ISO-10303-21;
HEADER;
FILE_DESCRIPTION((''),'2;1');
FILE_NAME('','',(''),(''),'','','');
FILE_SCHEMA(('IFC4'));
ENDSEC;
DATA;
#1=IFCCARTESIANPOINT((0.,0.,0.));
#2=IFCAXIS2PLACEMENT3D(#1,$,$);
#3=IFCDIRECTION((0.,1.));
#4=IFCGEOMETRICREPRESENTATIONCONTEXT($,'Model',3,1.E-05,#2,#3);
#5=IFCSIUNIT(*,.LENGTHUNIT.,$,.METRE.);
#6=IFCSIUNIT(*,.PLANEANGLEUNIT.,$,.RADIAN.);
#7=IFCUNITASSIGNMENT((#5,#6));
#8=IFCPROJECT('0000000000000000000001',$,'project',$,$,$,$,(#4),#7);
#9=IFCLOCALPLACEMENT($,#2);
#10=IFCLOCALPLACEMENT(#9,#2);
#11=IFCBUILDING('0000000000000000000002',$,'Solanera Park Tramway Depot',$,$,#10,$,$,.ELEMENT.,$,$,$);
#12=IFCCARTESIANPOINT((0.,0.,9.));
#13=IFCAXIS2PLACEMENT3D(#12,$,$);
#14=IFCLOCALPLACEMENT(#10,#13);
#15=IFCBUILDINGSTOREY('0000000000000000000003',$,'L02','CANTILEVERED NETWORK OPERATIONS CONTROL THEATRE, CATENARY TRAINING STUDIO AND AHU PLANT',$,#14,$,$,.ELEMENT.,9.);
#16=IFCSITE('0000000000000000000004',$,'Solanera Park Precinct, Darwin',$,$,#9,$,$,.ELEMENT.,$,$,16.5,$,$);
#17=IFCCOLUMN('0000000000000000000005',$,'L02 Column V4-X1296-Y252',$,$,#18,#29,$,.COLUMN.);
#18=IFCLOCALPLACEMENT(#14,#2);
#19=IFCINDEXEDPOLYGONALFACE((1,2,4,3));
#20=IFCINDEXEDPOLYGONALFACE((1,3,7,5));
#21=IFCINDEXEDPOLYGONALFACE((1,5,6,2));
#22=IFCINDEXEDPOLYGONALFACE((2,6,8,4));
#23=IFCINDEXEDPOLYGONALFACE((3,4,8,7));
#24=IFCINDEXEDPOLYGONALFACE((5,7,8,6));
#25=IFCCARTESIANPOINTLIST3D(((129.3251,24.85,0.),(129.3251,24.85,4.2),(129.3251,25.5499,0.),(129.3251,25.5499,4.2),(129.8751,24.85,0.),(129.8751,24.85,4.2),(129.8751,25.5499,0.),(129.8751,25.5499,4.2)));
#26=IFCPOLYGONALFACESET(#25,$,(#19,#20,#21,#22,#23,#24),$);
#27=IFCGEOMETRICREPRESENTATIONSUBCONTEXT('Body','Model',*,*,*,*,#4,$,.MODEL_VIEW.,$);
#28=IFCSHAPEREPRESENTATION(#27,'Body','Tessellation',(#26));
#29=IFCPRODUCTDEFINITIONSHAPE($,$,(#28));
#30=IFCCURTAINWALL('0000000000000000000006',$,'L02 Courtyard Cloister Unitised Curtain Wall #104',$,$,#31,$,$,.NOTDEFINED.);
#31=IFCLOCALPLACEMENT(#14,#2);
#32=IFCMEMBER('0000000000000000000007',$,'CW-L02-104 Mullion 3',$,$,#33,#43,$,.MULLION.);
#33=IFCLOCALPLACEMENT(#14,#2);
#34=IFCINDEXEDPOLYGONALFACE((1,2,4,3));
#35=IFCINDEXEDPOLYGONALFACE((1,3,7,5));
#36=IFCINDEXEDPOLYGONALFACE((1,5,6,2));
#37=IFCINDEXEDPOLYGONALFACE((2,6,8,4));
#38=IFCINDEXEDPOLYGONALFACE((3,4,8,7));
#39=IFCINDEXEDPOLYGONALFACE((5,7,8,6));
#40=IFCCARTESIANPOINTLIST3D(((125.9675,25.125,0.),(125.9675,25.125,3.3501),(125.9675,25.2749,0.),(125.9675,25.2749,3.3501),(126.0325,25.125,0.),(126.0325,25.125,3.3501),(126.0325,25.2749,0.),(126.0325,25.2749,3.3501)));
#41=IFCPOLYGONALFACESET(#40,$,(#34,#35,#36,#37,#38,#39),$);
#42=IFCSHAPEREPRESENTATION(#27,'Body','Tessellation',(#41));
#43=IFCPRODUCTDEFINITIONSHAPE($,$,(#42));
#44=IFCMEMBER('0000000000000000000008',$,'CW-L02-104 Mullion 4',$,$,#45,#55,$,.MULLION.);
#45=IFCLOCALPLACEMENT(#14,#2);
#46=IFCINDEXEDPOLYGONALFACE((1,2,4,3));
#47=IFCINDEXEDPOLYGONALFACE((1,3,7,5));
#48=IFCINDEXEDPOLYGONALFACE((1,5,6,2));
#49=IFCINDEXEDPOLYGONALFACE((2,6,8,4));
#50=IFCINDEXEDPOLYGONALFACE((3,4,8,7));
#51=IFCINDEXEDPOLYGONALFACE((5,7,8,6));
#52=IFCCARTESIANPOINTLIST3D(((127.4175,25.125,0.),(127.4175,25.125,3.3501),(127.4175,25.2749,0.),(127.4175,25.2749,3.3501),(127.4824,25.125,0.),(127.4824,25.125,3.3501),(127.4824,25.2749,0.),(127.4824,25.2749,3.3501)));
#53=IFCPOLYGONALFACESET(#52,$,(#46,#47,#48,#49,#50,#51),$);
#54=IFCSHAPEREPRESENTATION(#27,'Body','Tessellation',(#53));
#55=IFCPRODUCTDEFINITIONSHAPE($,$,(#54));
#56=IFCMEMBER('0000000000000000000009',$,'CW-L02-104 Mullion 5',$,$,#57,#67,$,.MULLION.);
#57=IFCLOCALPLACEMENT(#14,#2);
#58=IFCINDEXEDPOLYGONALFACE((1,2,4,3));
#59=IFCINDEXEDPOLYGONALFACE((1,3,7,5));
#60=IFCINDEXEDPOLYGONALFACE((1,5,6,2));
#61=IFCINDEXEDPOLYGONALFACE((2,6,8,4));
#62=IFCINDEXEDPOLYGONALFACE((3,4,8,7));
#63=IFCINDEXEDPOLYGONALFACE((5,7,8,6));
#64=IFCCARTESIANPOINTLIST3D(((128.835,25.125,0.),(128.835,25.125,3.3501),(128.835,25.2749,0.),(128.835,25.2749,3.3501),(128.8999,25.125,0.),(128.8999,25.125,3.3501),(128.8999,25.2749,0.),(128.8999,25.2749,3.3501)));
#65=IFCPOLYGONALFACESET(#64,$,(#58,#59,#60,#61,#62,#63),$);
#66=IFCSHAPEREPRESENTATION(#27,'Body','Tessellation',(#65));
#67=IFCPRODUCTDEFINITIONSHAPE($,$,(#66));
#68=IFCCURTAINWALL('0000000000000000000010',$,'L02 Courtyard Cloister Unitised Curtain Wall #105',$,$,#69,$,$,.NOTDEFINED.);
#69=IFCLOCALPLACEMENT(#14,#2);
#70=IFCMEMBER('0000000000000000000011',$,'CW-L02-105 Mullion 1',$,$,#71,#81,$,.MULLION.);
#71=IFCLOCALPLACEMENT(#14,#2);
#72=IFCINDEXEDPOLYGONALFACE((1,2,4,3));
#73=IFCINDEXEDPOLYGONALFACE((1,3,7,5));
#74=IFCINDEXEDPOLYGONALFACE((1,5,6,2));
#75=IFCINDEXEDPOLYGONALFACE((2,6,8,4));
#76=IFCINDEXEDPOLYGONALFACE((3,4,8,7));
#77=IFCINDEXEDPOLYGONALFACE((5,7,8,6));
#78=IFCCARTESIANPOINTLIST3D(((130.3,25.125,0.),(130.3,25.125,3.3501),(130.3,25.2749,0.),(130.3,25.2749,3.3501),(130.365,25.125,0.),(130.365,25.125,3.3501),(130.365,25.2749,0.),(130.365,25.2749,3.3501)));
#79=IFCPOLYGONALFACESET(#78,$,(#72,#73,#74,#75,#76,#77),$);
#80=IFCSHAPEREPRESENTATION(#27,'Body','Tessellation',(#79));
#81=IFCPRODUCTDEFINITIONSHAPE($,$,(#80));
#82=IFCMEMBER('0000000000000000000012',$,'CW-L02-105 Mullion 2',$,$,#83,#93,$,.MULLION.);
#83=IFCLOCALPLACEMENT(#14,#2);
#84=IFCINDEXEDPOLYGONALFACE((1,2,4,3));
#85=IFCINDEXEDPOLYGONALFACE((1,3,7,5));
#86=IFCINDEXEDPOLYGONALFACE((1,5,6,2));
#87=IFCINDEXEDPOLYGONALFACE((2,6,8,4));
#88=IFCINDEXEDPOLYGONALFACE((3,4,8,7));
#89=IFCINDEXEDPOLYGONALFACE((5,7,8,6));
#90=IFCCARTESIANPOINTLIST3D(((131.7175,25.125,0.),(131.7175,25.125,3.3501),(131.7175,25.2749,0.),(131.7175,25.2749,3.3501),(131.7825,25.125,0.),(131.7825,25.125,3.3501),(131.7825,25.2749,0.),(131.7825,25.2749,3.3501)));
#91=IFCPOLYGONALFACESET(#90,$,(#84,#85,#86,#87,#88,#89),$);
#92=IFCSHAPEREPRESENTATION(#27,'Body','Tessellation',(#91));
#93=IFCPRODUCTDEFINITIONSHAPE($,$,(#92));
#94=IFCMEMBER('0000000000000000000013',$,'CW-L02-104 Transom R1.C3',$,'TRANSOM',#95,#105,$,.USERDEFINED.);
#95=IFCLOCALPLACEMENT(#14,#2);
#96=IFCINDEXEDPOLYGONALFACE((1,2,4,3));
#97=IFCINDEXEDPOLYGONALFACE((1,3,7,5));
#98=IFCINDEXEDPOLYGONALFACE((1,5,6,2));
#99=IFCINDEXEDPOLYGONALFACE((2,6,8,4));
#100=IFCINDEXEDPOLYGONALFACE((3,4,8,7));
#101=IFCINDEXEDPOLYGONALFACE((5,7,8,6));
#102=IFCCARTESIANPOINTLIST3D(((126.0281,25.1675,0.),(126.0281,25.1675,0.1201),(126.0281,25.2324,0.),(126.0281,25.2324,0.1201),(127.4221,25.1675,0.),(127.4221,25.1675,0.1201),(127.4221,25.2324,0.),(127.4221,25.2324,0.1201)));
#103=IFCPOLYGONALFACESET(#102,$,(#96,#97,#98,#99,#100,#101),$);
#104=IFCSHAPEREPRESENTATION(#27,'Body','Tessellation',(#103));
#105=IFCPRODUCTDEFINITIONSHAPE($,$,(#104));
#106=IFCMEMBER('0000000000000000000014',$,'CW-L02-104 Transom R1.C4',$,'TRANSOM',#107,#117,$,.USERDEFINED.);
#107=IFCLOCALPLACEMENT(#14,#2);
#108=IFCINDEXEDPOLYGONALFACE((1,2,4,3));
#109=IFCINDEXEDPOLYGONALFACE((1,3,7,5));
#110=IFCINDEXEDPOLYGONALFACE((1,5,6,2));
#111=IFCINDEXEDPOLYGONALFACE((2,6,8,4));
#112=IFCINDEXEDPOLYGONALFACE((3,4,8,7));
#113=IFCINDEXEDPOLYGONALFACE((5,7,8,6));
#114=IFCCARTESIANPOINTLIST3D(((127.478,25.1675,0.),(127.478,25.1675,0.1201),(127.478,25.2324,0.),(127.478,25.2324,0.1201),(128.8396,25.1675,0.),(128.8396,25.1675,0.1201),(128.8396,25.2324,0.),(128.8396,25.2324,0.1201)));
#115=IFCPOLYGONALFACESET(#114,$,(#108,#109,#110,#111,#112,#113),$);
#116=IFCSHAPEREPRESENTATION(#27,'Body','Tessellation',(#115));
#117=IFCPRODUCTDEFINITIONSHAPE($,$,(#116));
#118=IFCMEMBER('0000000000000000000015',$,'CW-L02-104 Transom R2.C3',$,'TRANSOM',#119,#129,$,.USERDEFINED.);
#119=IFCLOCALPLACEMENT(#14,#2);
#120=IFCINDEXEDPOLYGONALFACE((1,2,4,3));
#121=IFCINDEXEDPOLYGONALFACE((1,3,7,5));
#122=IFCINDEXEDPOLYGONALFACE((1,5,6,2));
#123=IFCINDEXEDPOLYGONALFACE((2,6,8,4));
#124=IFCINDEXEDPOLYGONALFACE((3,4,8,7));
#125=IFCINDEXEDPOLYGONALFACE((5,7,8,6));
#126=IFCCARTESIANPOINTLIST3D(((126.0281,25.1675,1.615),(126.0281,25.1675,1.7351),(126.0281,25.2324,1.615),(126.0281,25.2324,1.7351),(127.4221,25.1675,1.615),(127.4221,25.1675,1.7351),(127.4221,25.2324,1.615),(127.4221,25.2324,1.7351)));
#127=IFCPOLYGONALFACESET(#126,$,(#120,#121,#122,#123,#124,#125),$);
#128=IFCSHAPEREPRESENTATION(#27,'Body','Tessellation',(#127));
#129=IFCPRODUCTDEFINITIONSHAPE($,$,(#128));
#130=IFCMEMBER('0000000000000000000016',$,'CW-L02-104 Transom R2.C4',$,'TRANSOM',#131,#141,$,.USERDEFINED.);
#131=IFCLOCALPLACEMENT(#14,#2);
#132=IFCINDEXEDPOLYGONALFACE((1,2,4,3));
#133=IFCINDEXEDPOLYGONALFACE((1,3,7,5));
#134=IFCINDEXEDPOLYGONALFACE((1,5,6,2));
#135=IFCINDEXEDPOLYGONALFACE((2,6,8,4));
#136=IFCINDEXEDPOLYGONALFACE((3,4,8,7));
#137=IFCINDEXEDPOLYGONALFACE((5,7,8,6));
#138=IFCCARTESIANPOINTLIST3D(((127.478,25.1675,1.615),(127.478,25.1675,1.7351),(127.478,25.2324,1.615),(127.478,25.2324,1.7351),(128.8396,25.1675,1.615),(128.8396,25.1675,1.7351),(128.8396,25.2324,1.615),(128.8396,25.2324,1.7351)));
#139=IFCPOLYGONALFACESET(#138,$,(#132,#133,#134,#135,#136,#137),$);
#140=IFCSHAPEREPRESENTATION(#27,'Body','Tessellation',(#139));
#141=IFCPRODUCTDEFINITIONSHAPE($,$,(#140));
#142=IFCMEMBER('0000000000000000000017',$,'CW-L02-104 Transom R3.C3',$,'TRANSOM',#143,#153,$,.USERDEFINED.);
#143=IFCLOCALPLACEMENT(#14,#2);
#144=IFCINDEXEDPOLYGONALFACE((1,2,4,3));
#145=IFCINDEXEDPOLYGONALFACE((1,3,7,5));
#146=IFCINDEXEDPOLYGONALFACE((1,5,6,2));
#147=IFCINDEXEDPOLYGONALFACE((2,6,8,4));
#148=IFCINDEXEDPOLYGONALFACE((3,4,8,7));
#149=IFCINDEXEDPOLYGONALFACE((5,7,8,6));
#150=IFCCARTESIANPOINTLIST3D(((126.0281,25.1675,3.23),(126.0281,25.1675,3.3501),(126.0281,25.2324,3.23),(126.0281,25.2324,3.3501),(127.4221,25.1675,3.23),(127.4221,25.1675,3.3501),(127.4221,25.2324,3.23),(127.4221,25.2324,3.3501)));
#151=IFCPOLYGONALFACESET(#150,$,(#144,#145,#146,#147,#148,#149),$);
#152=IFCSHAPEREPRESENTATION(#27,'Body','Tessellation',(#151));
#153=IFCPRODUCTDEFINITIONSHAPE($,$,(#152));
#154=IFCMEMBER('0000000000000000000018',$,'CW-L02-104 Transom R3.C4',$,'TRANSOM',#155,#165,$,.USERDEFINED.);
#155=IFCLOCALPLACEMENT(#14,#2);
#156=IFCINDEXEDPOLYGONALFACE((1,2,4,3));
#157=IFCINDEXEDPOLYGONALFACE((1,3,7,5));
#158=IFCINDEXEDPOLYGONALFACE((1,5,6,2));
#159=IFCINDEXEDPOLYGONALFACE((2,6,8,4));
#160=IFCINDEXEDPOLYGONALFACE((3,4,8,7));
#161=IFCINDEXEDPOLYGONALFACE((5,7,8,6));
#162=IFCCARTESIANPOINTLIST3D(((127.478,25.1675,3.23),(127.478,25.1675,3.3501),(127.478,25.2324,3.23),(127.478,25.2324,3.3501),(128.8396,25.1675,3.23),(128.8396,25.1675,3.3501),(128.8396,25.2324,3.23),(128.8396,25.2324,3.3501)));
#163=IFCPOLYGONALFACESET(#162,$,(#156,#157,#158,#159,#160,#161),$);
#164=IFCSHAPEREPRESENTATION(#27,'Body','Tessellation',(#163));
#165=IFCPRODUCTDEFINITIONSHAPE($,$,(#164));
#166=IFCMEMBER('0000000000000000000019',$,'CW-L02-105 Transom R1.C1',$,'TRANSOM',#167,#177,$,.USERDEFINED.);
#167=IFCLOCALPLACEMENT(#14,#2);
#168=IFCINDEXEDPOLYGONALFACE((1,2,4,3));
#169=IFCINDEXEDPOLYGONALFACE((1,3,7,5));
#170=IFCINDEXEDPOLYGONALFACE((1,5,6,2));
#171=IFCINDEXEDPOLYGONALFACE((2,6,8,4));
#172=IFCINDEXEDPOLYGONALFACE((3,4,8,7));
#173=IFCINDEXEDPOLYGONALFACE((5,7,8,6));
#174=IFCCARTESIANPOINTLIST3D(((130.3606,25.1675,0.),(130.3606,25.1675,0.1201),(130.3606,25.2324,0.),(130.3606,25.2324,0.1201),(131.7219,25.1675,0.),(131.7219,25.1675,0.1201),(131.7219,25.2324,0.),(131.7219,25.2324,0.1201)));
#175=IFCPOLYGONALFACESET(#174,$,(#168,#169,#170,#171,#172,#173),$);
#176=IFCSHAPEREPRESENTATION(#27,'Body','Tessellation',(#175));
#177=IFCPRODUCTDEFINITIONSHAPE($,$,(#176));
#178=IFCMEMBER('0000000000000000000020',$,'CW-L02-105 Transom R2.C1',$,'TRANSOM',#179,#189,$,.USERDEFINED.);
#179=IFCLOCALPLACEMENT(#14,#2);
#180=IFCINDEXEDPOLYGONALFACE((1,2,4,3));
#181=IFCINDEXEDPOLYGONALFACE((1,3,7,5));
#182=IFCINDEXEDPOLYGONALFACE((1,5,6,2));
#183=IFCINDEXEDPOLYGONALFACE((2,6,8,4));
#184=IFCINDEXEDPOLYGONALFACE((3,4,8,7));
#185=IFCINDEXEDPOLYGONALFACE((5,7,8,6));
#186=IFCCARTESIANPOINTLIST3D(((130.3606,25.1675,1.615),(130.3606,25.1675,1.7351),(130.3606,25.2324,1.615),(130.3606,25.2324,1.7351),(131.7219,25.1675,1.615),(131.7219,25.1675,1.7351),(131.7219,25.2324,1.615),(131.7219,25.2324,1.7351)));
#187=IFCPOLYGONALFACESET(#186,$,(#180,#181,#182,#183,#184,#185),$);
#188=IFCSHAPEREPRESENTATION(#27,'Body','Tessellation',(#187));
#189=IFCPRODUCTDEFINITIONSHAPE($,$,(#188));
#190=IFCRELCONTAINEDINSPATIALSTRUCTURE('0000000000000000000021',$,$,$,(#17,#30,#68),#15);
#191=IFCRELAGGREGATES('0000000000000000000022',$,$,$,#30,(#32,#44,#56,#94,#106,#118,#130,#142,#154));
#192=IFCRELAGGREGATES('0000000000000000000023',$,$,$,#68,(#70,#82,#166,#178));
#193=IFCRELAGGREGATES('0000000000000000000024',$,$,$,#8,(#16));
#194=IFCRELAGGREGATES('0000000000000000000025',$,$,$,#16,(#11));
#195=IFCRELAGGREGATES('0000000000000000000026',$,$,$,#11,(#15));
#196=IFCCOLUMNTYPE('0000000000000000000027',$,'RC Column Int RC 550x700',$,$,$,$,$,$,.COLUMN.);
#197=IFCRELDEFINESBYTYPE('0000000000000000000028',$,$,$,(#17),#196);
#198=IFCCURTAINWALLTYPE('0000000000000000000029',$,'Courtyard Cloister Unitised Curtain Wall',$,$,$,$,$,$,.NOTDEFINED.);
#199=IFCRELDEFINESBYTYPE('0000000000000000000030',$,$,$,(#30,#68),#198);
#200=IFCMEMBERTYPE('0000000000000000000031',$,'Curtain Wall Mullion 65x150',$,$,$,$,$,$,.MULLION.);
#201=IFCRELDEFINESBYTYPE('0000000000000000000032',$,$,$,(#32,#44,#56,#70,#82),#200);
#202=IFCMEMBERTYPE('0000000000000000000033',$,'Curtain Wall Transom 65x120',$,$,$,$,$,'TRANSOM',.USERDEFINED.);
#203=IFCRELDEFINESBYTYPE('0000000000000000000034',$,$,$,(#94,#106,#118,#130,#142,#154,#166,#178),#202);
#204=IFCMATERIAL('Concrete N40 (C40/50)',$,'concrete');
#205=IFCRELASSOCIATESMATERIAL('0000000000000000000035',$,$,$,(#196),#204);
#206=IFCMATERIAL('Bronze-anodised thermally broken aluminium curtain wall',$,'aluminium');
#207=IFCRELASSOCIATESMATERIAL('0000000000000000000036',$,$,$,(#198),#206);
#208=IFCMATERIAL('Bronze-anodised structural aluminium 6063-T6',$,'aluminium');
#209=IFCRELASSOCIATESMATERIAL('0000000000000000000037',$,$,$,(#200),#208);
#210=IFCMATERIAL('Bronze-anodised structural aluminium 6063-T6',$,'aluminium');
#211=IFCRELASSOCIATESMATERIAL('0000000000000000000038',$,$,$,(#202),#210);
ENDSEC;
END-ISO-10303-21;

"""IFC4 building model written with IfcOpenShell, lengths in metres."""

from ifc_helpers import new_model, si_unit, direction, frame, origin, origin_2d, place, context, subcontext, project, spatial, rectangle, extrude, material, material_profile, profile_set, type_object, element, aggregate, save


model = new_model("IFC4")

# Units and contexts
model_context = context("Model", 3, precision=1e-05, world=origin(), true_north=direction((0.0, 1.0)))
body_context = subcontext(model_context, "Body", "Model", "MODEL_VIEW")
ifc_project = project(units=[si_unit("LENGTHUNIT", "METRE"), si_unit("PLANEANGLEUNIT", "RADIAN")], contexts=[model_context])

# Site, building, storey
site_placement = place(None, origin())
site = spatial("IfcSite", under=ifc_project, at=site_placement, Name="Solanera Park Precinct, Darwin", CompositionType="ELEMENT", RefElevation=16.5)
building_placement = place(site_placement, origin())
building = spatial("IfcBuilding", under=site, at=building_placement, Name="Solanera Park Tramway Depot", CompositionType="ELEMENT")
storey_placement = place(building_placement, frame((0.0, 0.0, 9.0)))
storey = spatial("IfcBuildingStorey", under=building, at=storey_placement, Name="L02", Description="CANTILEVERED NETWORK OPERATIONS CONTROL THEATRE, CATENARY TRAINING STUDIO AND AHU PLANT", CompositionType="ELEMENT", Elevation=9.0)

# Column
ifc_material_1 = material(Name="Concrete N40 (C40/50)", Category="concrete")
ifc_material_profile_1 = material_profile(ifc_material_1, rectangle(XDim=0.55, YDim=0.7, at=origin_2d()), Name="RC 550x700")
ifc_profile_set_1 = profile_set([ifc_material_profile_1], Name="Concrete N40 (C40/50)")
column_type = type_object("IfcColumnType", Name="RC Column Int RC 550x700", PredefinedType="COLUMN", material=ifc_profile_set_1)
column_placement = place(storey_placement, frame((129.6001, 25.2, 0.0), z_axis=(0.0, 0.0, 1.0), x_axis=(1.0, 0.0, 0.0)))
element("IfcColumn", 1, at=column_placement, inside=storey, type_object=column_type, Name="L02 Column V4-X1296-Y252", PredefinedType="COLUMN", context=body_context, shape_type="SweptSolid", body=[
    extrude(rectangle(XDim=0.55, YDim=0.7, at=origin_2d()), origin(), (0.0, 0.0, 1.0), 4.2),
])

# Curtain walls, members
ifc_material_2 = material(Name="Bronze-anodised thermally broken aluminium curtain wall", Category="aluminium")
curtain_wall_type = type_object("IfcCurtainWallType", Name="Courtyard Cloister Unitised Curtain Wall", PredefinedType="NOTDEFINED", material=ifc_material_2)
curtain_wall_1_placement = place(storey_placement, origin())
curtain_wall_1 = element("IfcCurtainWall", 2, at=curtain_wall_1_placement, inside=storey, type_object=curtain_wall_type, Name="L02 Courtyard Cloister Unitised Curtain Wall #104", PredefinedType="NOTDEFINED")
ifc_material_3 = material(Name="Bronze-anodised structural aluminium 6063-T6", Category="aluminium")
ifc_material_profile_2 = material_profile(ifc_material_3, rectangle(XDim=0.0649, YDim=0.1499, at=origin_2d()), Name="Curtain Wall Mullion 65x150")
ifc_profile_set_2 = profile_set([ifc_material_profile_2], Name="Bronze-anodised structural aluminium 6063-T6")
member_type_1 = type_object("IfcMemberType", Name="Curtain Wall Mullion 65x150", PredefinedType="MULLION", material=ifc_profile_set_2)
member_1_placement = place(storey_placement, frame((126.0, 25.2, 0.0), z_axis=(0.0, 0.0, 1.0), x_axis=(1.0, 0.0, 0.0)))
member_1 = element("IfcMember", 3, at=member_1_placement, type_object=member_type_1, Name="CW-L02-104 Mullion 3", PredefinedType="MULLION", context=body_context, shape_type="SweptSolid", body=[
    extrude(rectangle(XDim=0.0649, YDim=0.1499, at=origin_2d()), origin(), (0.0, 0.0, 1.0), 3.3501),
])
member_2_placement = place(storey_placement, frame((127.45, 25.2, 0.0), z_axis=(0.0, 0.0, 1.0), x_axis=(1.0, 0.0, 0.0)))
member_2 = element("IfcMember", 4, at=member_2_placement, type_object=member_type_1, Name="CW-L02-104 Mullion 4", PredefinedType="MULLION", context=body_context, shape_type="SweptSolid", body=[
    extrude(rectangle(XDim=0.0649, YDim=0.1499, at=origin_2d()), origin(), (0.0, 0.0, 1.0), 3.3501),
])
member_3_placement = place(storey_placement, frame((128.8674, 25.2, 0.0), z_axis=(0.0, 0.0, 1.0), x_axis=(1.0, 0.0, 0.0)))
member_3 = element("IfcMember", 5, at=member_3_placement, type_object=member_type_1, Name="CW-L02-104 Mullion 5", PredefinedType="MULLION", context=body_context, shape_type="SweptSolid", body=[
    extrude(rectangle(XDim=0.0649, YDim=0.1499, at=origin_2d()), origin(), (0.0, 0.0, 1.0), 3.3501),
])
curtain_wall_2_placement = place(storey_placement, origin())
curtain_wall_2 = element("IfcCurtainWall", 6, at=curtain_wall_2_placement, inside=storey, type_object=curtain_wall_type, Name="L02 Courtyard Cloister Unitised Curtain Wall #105", PredefinedType="NOTDEFINED")
member_4_placement = place(storey_placement, frame((130.3325, 25.2, 0.0), z_axis=(0.0, 0.0, 1.0), x_axis=(1.0, 0.0, 0.0)))
member_4 = element("IfcMember", 7, at=member_4_placement, type_object=member_type_1, Name="CW-L02-105 Mullion 1", PredefinedType="MULLION", context=body_context, shape_type="SweptSolid", body=[
    extrude(rectangle(XDim=0.0649, YDim=0.1499, at=origin_2d()), origin(), (0.0, 0.0, 1.0), 3.3501),
])
member_5_placement = place(storey_placement, frame((131.75, 25.2, 0.0), z_axis=(0.0, 0.0, 1.0), x_axis=(1.0, 0.0, 0.0)))
member_5 = element("IfcMember", 8, at=member_5_placement, type_object=member_type_1, Name="CW-L02-105 Mullion 2", PredefinedType="MULLION", context=body_context, shape_type="SweptSolid", body=[
    extrude(rectangle(XDim=0.0649, YDim=0.1499, at=origin_2d()), origin(), (0.0, 0.0, 1.0), 3.3501),
])

# Members
ifc_material_4 = material(Name="Bronze-anodised structural aluminium 6063-T6", Category="aluminium")
ifc_material_profile_3 = material_profile(ifc_material_4, rectangle(XDim=0.0649, YDim=0.1201, at=origin_2d()), Name="Curtain Wall Transom 65x120")
ifc_profile_set_3 = profile_set([ifc_material_profile_3], Name="Bronze-anodised structural aluminium 6063-T6")
member_type_2 = type_object("IfcMemberType", Name="Curtain Wall Transom 65x120", ElementType="TRANSOM", PredefinedType="USERDEFINED", material=ifc_profile_set_3)
member_6_placement = place(storey_placement, frame((126.0281, 25.2, 0.0601), z_axis=(1.0, 0.0, 0.0), x_axis=(0.0, 1.0, 0.0)))
member_6 = element("IfcMember", 9, at=member_6_placement, type_object=member_type_2, Name="CW-L02-104 Transom R1.C3", ObjectType="TRANSOM", PredefinedType="USERDEFINED", context=body_context, shape_type="SweptSolid", body=[
    extrude(rectangle(XDim=0.0649, YDim=0.1201, at=origin_2d()), origin(), (0.0, 0.0, 1.0), 1.394),
])
member_7_placement = place(storey_placement, frame((127.478, 25.2, 0.0601), z_axis=(1.0, 0.0, 0.0), x_axis=(0.0, 1.0, 0.0)))
member_7 = element("IfcMember", 10, at=member_7_placement, type_object=member_type_2, Name="CW-L02-104 Transom R1.C4", ObjectType="TRANSOM", PredefinedType="USERDEFINED", context=body_context, shape_type="SweptSolid", body=[
    extrude(rectangle(XDim=0.0649, YDim=0.1201, at=origin_2d()), origin(), (0.0, 0.0, 1.0), 1.3616),
])
member_8_placement = place(storey_placement, frame((126.0281, 25.2, 1.675), z_axis=(1.0, 0.0, 0.0), x_axis=(0.0, 1.0, 0.0)))
member_8 = element("IfcMember", 11, at=member_8_placement, type_object=member_type_2, Name="CW-L02-104 Transom R2.C3", ObjectType="TRANSOM", PredefinedType="USERDEFINED", context=body_context, shape_type="SweptSolid", body=[
    extrude(rectangle(XDim=0.0649, YDim=0.1201, at=origin_2d()), origin(), (0.0, 0.0, 1.0), 1.394),
])
member_9_placement = place(storey_placement, frame((127.478, 25.2, 1.675), z_axis=(1.0, 0.0, 0.0), x_axis=(0.0, 1.0, 0.0)))
member_9 = element("IfcMember", 12, at=member_9_placement, type_object=member_type_2, Name="CW-L02-104 Transom R2.C4", ObjectType="TRANSOM", PredefinedType="USERDEFINED", context=body_context, shape_type="SweptSolid", body=[
    extrude(rectangle(XDim=0.0649, YDim=0.1201, at=origin_2d()), origin(), (0.0, 0.0, 1.0), 1.3616),
])
member_10_placement = place(storey_placement, frame((126.0281, 25.2, 3.29), z_axis=(1.0, 0.0, 0.0), x_axis=(0.0, 1.0, 0.0)))
member_10 = element("IfcMember", 13, at=member_10_placement, type_object=member_type_2, Name="CW-L02-104 Transom R3.C3", ObjectType="TRANSOM", PredefinedType="USERDEFINED", context=body_context, shape_type="SweptSolid", body=[
    extrude(rectangle(XDim=0.0649, YDim=0.1201, at=origin_2d()), origin(), (0.0, 0.0, 1.0), 1.394),
])
member_11_placement = place(storey_placement, frame((127.478, 25.2, 3.29), z_axis=(1.0, 0.0, 0.0), x_axis=(0.0, 1.0, 0.0)))
member_11 = element("IfcMember", 14, at=member_11_placement, type_object=member_type_2, Name="CW-L02-104 Transom R3.C4", ObjectType="TRANSOM", PredefinedType="USERDEFINED", context=body_context, shape_type="SweptSolid", body=[
    extrude(rectangle(XDim=0.0649, YDim=0.1201, at=origin_2d()), origin(), (0.0, 0.0, 1.0), 1.3616),
])
member_12_placement = place(storey_placement, frame((130.3606, 25.2, 0.0601), z_axis=(1.0, 0.0, 0.0), x_axis=(0.0, 1.0, 0.0)))
member_12 = element("IfcMember", 15, at=member_12_placement, type_object=member_type_2, Name="CW-L02-105 Transom R1.C1", ObjectType="TRANSOM", PredefinedType="USERDEFINED", context=body_context, shape_type="SweptSolid", body=[
    extrude(rectangle(XDim=0.0649, YDim=0.1201, at=origin_2d()), origin(), (0.0, 0.0, 1.0), 1.3613),
])
member_13_placement = place(storey_placement, frame((130.3606, 25.2, 1.675), z_axis=(1.0, 0.0, 0.0), x_axis=(0.0, 1.0, 0.0)))
member_13 = element("IfcMember", 16, at=member_13_placement, type_object=member_type_2, Name="CW-L02-105 Transom R2.C1", ObjectType="TRANSOM", PredefinedType="USERDEFINED", context=body_context, shape_type="SweptSolid", body=[
    extrude(rectangle(XDim=0.0649, YDim=0.1201, at=origin_2d()), origin(), (0.0, 0.0, 1.0), 1.3613),
])

aggregate(curtain_wall_1, [member_1, member_2, member_3, member_6, member_7, member_8, member_9, member_10, member_11])
aggregate(curtain_wall_2, [member_4, member_5, member_12, member_13])

save(model, "model.ifc")
